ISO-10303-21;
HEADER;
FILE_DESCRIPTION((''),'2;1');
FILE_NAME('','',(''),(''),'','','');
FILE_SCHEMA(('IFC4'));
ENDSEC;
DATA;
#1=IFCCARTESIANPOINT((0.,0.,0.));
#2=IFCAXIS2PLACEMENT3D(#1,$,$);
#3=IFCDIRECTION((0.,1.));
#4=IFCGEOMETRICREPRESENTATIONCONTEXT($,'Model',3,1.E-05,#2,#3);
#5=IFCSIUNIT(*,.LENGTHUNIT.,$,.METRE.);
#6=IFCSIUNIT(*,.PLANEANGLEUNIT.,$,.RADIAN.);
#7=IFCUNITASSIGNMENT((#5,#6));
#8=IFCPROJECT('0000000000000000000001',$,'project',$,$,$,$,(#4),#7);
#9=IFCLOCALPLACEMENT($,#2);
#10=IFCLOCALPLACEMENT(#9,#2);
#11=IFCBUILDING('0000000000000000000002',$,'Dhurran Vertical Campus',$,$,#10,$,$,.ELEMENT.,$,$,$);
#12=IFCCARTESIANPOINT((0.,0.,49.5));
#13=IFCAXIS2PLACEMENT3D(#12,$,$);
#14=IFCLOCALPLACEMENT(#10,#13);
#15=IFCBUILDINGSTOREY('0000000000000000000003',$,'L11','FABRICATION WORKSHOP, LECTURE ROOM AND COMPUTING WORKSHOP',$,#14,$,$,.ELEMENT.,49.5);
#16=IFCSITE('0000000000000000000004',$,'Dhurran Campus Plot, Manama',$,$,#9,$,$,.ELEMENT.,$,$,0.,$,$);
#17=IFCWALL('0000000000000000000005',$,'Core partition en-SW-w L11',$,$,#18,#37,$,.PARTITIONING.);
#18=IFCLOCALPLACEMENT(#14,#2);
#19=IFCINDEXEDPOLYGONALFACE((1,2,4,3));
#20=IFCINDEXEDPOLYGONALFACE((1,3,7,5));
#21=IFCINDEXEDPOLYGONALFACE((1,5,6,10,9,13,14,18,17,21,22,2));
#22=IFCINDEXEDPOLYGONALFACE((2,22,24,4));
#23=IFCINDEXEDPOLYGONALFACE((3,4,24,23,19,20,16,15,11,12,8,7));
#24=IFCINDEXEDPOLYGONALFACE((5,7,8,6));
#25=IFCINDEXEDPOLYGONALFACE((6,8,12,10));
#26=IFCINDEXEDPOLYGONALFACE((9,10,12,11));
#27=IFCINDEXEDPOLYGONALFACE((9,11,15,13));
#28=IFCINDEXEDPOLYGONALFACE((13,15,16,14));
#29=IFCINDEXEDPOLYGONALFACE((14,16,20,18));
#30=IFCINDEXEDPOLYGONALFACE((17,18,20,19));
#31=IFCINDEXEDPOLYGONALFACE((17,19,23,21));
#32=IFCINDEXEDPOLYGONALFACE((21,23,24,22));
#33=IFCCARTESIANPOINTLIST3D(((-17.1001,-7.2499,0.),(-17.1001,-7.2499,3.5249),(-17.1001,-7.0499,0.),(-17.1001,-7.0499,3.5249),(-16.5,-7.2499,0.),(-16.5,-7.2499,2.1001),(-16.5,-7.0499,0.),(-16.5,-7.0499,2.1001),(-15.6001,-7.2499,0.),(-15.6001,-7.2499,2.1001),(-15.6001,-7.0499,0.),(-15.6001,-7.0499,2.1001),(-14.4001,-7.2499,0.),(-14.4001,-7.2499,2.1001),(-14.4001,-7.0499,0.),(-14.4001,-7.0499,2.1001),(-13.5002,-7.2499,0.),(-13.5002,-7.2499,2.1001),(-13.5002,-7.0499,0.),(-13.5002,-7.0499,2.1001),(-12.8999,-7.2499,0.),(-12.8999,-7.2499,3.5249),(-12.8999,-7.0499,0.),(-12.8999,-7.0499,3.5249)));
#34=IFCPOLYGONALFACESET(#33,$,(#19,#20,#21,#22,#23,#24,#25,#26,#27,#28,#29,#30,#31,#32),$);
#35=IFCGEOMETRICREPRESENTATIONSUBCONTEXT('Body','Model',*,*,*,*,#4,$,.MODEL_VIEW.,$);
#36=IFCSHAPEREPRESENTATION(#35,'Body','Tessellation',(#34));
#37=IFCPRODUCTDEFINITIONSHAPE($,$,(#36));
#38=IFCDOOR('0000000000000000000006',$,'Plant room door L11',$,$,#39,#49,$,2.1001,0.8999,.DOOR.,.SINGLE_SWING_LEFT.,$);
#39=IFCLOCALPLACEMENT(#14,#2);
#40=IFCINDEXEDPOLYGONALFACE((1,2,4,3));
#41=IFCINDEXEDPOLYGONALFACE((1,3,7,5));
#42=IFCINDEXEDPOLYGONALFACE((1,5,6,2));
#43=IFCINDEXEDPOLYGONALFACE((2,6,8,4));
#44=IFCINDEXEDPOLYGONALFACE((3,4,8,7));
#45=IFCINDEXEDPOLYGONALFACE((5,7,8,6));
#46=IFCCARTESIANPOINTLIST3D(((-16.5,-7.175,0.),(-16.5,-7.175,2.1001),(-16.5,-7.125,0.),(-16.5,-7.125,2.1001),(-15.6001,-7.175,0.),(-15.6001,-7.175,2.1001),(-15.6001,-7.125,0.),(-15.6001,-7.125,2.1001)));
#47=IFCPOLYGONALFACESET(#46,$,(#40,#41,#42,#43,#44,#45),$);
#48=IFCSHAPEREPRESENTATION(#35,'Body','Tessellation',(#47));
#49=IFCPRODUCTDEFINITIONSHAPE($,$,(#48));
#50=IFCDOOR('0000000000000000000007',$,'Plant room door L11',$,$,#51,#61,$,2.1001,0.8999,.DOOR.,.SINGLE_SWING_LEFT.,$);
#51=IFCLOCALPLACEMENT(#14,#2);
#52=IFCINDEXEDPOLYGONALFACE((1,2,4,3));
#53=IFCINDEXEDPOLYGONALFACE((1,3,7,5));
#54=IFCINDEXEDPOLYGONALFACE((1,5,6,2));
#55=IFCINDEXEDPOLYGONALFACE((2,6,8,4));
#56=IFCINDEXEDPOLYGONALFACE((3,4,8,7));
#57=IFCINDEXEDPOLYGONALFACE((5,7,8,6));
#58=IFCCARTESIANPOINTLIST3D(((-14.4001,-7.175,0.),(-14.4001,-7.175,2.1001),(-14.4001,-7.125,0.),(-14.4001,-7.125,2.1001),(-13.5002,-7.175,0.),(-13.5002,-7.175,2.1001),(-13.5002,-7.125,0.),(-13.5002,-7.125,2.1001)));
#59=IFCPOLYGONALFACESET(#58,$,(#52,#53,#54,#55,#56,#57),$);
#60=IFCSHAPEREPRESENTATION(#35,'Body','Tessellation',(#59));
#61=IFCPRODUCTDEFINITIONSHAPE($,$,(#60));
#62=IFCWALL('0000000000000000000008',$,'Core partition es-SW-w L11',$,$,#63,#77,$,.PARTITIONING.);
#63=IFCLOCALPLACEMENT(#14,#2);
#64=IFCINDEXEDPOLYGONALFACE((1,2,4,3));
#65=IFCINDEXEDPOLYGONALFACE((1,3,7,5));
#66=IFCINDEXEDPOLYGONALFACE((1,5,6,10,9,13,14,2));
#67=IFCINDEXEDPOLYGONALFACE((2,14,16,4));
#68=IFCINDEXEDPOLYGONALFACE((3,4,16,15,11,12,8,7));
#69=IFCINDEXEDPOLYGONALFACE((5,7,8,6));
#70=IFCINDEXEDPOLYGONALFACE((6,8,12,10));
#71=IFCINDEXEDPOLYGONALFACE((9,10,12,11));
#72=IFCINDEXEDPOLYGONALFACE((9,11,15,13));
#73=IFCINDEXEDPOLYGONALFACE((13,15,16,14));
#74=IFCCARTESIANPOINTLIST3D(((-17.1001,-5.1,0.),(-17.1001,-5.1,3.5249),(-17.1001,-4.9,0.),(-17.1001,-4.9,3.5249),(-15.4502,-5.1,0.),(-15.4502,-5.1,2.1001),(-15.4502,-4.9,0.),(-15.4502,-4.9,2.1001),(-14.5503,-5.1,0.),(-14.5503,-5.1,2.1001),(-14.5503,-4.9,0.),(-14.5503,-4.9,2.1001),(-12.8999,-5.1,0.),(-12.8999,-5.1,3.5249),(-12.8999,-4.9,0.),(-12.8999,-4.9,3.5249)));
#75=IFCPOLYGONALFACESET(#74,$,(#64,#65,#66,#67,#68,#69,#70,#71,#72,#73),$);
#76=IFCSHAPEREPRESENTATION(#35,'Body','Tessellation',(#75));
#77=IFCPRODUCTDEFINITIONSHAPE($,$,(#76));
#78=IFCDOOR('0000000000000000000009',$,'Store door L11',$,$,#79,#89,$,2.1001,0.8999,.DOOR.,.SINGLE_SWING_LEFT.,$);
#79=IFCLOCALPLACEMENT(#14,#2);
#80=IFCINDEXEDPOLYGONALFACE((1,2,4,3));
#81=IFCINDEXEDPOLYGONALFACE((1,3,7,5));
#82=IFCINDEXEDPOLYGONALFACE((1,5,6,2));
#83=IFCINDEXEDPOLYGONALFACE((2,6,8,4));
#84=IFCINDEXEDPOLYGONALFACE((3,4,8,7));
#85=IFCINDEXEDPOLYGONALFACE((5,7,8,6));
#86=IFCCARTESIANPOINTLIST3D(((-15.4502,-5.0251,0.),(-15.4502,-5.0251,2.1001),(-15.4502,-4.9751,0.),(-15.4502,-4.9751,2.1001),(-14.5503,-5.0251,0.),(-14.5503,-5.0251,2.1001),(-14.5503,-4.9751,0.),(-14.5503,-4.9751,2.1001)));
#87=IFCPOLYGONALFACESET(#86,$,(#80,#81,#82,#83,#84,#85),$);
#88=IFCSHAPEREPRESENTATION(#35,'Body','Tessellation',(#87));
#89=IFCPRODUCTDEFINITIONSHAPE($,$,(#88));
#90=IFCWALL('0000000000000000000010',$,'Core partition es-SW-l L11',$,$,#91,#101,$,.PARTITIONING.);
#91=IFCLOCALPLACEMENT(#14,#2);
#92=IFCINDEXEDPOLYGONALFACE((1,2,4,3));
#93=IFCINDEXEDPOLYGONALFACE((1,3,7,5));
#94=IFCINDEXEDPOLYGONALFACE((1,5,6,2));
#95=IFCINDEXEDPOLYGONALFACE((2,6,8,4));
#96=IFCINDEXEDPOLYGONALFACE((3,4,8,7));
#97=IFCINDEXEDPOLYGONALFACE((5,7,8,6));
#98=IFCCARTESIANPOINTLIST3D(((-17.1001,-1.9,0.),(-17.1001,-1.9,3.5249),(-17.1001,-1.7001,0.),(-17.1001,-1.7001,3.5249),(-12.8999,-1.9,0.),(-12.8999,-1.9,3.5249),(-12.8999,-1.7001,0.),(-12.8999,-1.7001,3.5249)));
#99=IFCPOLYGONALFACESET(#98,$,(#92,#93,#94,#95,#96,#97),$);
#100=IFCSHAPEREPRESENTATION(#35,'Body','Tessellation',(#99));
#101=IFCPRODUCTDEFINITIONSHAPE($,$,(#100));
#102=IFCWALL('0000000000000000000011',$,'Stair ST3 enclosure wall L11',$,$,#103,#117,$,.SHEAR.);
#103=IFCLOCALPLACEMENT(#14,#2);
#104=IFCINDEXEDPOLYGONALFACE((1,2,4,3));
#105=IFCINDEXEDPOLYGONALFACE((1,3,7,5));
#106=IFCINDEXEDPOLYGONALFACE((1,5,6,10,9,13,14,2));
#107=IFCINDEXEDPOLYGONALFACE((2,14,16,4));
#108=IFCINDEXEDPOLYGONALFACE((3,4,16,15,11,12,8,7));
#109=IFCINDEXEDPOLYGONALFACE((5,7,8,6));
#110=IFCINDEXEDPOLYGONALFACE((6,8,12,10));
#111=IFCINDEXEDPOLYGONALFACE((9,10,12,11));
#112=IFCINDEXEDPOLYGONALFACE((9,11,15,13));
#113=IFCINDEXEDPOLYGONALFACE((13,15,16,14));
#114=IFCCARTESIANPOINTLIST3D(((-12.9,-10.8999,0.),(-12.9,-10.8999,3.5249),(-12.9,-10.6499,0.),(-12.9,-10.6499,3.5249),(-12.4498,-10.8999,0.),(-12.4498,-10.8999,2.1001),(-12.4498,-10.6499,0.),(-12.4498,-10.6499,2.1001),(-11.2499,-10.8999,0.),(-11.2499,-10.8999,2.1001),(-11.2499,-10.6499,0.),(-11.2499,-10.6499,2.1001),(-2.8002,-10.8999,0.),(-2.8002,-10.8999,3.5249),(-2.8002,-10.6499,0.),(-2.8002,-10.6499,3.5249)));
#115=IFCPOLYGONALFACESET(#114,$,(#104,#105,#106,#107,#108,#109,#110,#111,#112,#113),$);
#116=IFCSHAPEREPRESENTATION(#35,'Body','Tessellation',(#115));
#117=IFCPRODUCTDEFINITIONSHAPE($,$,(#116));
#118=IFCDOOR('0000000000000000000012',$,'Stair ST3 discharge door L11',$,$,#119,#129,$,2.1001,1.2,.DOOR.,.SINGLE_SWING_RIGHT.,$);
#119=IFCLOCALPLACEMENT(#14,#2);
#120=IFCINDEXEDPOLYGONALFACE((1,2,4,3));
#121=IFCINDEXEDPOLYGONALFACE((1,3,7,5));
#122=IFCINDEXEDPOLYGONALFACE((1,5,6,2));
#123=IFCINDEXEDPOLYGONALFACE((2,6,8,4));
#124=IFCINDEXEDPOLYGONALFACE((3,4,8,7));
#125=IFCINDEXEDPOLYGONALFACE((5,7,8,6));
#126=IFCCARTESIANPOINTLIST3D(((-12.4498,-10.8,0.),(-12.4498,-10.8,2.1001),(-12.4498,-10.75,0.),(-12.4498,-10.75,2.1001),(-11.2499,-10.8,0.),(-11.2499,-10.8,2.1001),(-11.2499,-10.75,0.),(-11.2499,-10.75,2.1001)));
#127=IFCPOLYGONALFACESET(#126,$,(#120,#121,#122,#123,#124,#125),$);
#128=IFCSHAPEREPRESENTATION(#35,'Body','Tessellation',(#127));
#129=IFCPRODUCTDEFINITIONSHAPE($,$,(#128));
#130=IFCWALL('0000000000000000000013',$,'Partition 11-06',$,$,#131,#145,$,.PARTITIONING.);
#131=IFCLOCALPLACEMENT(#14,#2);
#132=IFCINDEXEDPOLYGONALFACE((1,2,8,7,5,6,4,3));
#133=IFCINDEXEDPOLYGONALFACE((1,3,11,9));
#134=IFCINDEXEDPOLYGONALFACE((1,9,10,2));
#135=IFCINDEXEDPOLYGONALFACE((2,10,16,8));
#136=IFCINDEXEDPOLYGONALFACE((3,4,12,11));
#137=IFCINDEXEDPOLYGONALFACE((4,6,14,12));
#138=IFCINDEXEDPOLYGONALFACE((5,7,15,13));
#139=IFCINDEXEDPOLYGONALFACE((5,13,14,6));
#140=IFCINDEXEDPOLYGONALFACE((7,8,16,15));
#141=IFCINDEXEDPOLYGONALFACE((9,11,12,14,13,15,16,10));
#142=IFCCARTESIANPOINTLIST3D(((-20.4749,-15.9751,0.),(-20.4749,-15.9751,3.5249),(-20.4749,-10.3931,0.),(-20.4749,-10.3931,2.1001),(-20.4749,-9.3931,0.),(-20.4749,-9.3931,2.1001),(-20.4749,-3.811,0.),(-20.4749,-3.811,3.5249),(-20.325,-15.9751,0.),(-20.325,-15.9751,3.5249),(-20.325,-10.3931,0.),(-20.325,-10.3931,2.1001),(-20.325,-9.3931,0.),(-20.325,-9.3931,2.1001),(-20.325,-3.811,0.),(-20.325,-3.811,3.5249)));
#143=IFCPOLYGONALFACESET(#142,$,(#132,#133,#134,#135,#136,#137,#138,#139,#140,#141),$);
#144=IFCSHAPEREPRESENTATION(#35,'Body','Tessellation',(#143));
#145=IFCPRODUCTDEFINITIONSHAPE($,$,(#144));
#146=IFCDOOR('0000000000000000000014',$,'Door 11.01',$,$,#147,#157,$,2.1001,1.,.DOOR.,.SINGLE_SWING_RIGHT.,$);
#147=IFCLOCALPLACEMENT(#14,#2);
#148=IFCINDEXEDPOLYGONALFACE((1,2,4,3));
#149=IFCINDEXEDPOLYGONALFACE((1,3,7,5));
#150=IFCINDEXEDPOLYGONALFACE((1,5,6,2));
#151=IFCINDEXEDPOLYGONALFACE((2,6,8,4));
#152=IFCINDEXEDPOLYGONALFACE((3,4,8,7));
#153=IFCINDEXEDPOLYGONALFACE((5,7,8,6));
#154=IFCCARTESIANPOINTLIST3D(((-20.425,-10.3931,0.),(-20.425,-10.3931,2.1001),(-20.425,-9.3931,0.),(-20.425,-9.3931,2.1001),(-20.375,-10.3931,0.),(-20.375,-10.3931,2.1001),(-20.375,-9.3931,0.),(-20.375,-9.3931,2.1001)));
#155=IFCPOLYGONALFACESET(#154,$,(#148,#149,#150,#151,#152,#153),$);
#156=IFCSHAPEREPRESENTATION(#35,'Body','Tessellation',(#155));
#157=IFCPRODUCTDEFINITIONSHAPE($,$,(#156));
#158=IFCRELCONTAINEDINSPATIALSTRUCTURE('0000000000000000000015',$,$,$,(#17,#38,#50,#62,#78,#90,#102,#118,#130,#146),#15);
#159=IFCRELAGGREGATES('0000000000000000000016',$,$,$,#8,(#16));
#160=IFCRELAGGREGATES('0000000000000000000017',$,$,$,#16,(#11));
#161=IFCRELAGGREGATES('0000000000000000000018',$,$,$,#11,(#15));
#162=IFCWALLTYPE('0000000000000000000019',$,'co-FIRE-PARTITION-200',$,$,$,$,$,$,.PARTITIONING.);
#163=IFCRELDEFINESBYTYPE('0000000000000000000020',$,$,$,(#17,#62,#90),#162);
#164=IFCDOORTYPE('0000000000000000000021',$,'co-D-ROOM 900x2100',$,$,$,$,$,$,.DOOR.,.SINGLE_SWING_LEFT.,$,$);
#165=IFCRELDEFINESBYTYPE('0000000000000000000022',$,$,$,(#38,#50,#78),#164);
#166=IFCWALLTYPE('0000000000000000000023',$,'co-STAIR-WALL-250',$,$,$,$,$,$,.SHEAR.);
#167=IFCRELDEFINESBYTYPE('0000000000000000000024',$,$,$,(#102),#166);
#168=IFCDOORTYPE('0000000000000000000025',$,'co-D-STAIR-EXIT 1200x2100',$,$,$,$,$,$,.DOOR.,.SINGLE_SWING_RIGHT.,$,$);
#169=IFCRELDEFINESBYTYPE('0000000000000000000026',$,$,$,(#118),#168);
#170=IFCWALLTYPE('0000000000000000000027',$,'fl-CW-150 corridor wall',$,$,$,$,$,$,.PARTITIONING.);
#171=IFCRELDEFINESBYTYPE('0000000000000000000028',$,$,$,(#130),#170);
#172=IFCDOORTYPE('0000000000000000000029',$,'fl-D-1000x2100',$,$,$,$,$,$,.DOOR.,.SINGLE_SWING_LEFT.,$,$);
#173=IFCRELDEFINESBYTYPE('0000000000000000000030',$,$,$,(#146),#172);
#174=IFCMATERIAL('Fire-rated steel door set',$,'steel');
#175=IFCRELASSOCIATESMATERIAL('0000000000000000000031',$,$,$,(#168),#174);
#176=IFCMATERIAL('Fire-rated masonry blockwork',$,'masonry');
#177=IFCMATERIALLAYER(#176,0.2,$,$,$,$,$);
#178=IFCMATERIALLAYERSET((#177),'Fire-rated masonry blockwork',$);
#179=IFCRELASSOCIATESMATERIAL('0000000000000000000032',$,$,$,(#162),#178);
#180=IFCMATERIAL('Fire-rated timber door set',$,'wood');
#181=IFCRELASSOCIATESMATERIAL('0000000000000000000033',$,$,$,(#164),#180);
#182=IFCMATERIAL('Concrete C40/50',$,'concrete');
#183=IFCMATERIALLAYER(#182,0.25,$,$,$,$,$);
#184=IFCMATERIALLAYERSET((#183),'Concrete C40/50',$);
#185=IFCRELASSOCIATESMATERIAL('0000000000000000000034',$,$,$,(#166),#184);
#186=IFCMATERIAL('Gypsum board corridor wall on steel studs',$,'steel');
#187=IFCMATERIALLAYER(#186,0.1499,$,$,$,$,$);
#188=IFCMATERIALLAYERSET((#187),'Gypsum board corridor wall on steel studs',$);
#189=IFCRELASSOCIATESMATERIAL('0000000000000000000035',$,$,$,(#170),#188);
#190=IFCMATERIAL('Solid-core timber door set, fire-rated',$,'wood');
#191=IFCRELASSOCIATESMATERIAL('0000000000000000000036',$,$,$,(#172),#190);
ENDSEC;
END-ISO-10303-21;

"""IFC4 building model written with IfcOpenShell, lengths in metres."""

from ifc_helpers import new_model, si_unit, direction, frame, frame_2d, origin, place, context, subcontext, project, spatial, rectangle, extrude, material, layer, layer_set, type_object, element, fill, save


model = new_model("IFC4")

# Units and contexts
model_context = context("Model", 3, precision=1e-05, world=origin(), true_north=direction((0.0, 1.0)))
body_context = subcontext(model_context, "Body", "Model", "MODEL_VIEW")
ifc_project = project(units=[si_unit("LENGTHUNIT", "METRE"), si_unit("PLANEANGLEUNIT", "RADIAN")], contexts=[model_context])

# Site, building, storey
site_placement = place(None, origin())
site = spatial("IfcSite", under=ifc_project, at=site_placement, Name="Dhurran Campus Plot, Manama", CompositionType="ELEMENT", RefElevation=0.0)
building_placement = place(site_placement, origin())
building = spatial("IfcBuilding", under=site, at=building_placement, Name="Dhurran Vertical Campus", CompositionType="ELEMENT")
storey_placement = place(building_placement, frame((0.0, 0.0, 49.5)))
storey = spatial("IfcBuildingStorey", under=building, at=storey_placement, Name="L11", Description="FABRICATION WORKSHOP, LECTURE ROOM AND COMPUTING WORKSHOP", CompositionType="ELEMENT", Elevation=49.5)

# Shared definitions
ifc_material_1 = material(Name="Fire-rated steel door set", Category="steel")
door_type_1 = type_object("IfcDoorType", Name="co-D-STAIR-EXIT 1200x2100", OperationType="SINGLE_SWING_RIGHT", PredefinedType="DOOR", material=ifc_material_1)

# Shared definitions
ifc_material_2 = material(Name="Fire-rated masonry blockwork", Category="masonry")
ifc_layer_1 = layer(ifc_material_2, 0.2)
ifc_layer_set_1 = layer_set([ifc_layer_1], Name="Fire-rated masonry blockwork")
wall_type_1 = type_object("IfcWallType", Name="co-FIRE-PARTITION-200", PredefinedType="PARTITIONING", material=ifc_layer_set_1)

# Wall, openings, doors
wall_1_placement = place(storey_placement, frame((-17.1001, -7.1499, 0.0), z_axis=(0.0, 0.0, 1.0), x_axis=(1.0, 0.0, 0.0)))
wall_1 = element("IfcWall", 1, at=wall_1_placement, inside=storey, type_object=wall_type_1, Name="Core partition en-SW-w L11", PredefinedType="PARTITIONING", context=body_context, shape_type="SweptSolid", body=[
    extrude(rectangle(XDim=4.2002, YDim=0.2, at=frame_2d((2.1001, 0.0))), origin(), (0.0, 0.0, 1.0), 3.5249),
])
opening_1_placement = place(wall_1_placement, frame((0.6001, 0.0, 0.0)))
opening_1 = element("IfcOpeningElement", 2, at=opening_1_placement, cuts=wall_1, PredefinedType="OPENING", context=body_context, shape_type="SweptSolid", body=[
    extrude(rectangle(XDim=0.8999, YDim=2.1001, at=frame_2d((0.45, 1.05))), frame((0.0, 0.1099, 0.0), z_axis=(0.0, -1.0, 0.0), x_axis=(1.0, 0.0, 0.0)), (0.0, 0.0, 1.0), 0.22),
])
opening_2_placement = place(wall_1_placement, frame((2.7, 0.0, 0.0)))
opening_2 = element("IfcOpeningElement", 3, at=opening_2_placement, cuts=wall_1, PredefinedType="OPENING", context=body_context, shape_type="SweptSolid", body=[
    extrude(rectangle(XDim=0.8999, YDim=2.1001, at=frame_2d((0.45, 1.05))), frame((0.0, 0.1099, 0.0), z_axis=(0.0, -1.0, 0.0), x_axis=(1.0, 0.0, 0.0)), (0.0, 0.0, 1.0), 0.22),
])
ifc_material_3 = material(Name="Fire-rated timber door set", Category="wood")
door_type_2 = type_object("IfcDoorType", Name="co-D-ROOM 900x2100", OperationType="SINGLE_SWING_LEFT", PredefinedType="DOOR", material=ifc_material_3)
door_1_placement = place(opening_1_placement, origin())
door_1 = element("IfcDoor", 4, at=door_1_placement, inside=storey, type_object=door_type_2, Name="Plant room door L11", OperationType="SINGLE_SWING_LEFT", OverallHeight=2.1001, OverallWidth=0.8999, PredefinedType="DOOR", context=body_context, shape_type="SweptSolid", body=[
    extrude(rectangle(XDim=0.8999, YDim=2.1001, at=frame_2d((0.45, 1.05))), frame((0.0, 0.0249, 0.0), z_axis=(0.0, -1.0, 0.0), x_axis=(1.0, 0.0, 0.0)), (0.0, 0.0, 1.0), 0.05),
])
fill(opening_1, door_1)
door_2_placement = place(opening_2_placement, origin())
door_2 = element("IfcDoor", 5, at=door_2_placement, inside=storey, type_object=door_type_2, Name="Plant room door L11", OperationType="SINGLE_SWING_LEFT", OverallHeight=2.1001, OverallWidth=0.8999, PredefinedType="DOOR", context=body_context, shape_type="SweptSolid", body=[
    extrude(rectangle(XDim=0.8999, YDim=2.1001, at=frame_2d((0.45, 1.05))), frame((0.0, 0.0249, 0.0), z_axis=(0.0, -1.0, 0.0), x_axis=(1.0, 0.0, 0.0)), (0.0, 0.0, 1.0), 0.05),
])
fill(opening_2, door_2)

# Wall, opening, door
wall_2_placement = place(storey_placement, frame((-17.1001, -5.0, 0.0), z_axis=(0.0, 0.0, 1.0), x_axis=(1.0, 0.0, 0.0)))
wall_2 = element("IfcWall", 6, at=wall_2_placement, inside=storey, type_object=wall_type_1, Name="Core partition es-SW-w L11", PredefinedType="PARTITIONING", context=body_context, shape_type="SweptSolid", body=[
    extrude(rectangle(XDim=4.2002, YDim=0.2, at=frame_2d((2.1001, 0.0))), origin(), (0.0, 0.0, 1.0), 3.5249),
])
opening_3_placement = place(wall_2_placement, frame((1.6499, 0.0, 0.0)))
opening_3 = element("IfcOpeningElement", 7, at=opening_3_placement, cuts=wall_2, PredefinedType="OPENING", context=body_context, shape_type="SweptSolid", body=[
    extrude(rectangle(XDim=0.8999, YDim=2.1001, at=frame_2d((0.45, 1.05))), frame((0.0, 0.1099, 0.0), z_axis=(0.0, -1.0, 0.0), x_axis=(1.0, 0.0, 0.0)), (0.0, 0.0, 1.0), 0.22),
])
door_3_placement = place(opening_3_placement, origin())
door_3 = element("IfcDoor", 8, at=door_3_placement, inside=storey, type_object=door_type_2, Name="Store door L11", OperationType="SINGLE_SWING_LEFT", OverallHeight=2.1001, OverallWidth=0.8999, PredefinedType="DOOR", context=body_context, shape_type="SweptSolid", body=[
    extrude(rectangle(XDim=0.8999, YDim=2.1001, at=frame_2d((0.45, 1.05))), frame((0.0, 0.0249, 0.0), z_axis=(0.0, -1.0, 0.0), x_axis=(1.0, 0.0, 0.0)), (0.0, 0.0, 1.0), 0.05),
])
fill(opening_3, door_3)

# Wall
wall_3_placement = place(storey_placement, frame((-17.1001, -1.8, 0.0), z_axis=(0.0, 0.0, 1.0), x_axis=(1.0, 0.0, 0.0)))
element("IfcWall", 9, at=wall_3_placement, inside=storey, type_object=wall_type_1, Name="Core partition es-SW-l L11", PredefinedType="PARTITIONING", context=body_context, shape_type="SweptSolid", body=[
    extrude(rectangle(XDim=4.2002, YDim=0.2, at=frame_2d((2.1001, 0.0))), origin(), (0.0, 0.0, 1.0), 3.5249),
])

# Walls, openings, doors
ifc_material_4 = material(Name="Concrete C40/50", Category="concrete")
ifc_layer_2 = layer(ifc_material_4, 0.25)
ifc_layer_set_2 = layer_set([ifc_layer_2], Name="Concrete C40/50")
wall_type_2 = type_object("IfcWallType", Name="co-STAIR-WALL-250", PredefinedType="SHEAR", material=ifc_layer_set_2)
wall_4_placement = place(storey_placement, frame((-12.8999, -10.7749, 0.0), z_axis=(0.0, 0.0, 1.0), x_axis=(1.0, 0.0, 0.0)))
wall_4 = element("IfcWall", 10, at=wall_4_placement, inside=storey, type_object=wall_type_2, Name="Stair ST3 enclosure wall L11", PredefinedType="SHEAR", context=body_context, shape_type="SweptSolid", body=[
    extrude(rectangle(XDim=10.0999, YDim=0.25, at=frame_2d((5.0498, 0.0))), origin(), (0.0, 0.0, 1.0), 3.5249),
])
opening_4_placement = place(wall_4_placement, frame((0.45, 0.0, 0.0)))
opening_4 = element("IfcOpeningElement", 11, at=opening_4_placement, cuts=wall_4, PredefinedType="OPENING", context=body_context, shape_type="SweptSolid", body=[
    extrude(rectangle(XDim=1.2, YDim=2.1001, at=frame_2d((0.6001, 1.05))), frame((0.0, 0.135, 0.0), z_axis=(0.0, -1.0, 0.0), x_axis=(1.0, 0.0, 0.0)), (0.0, 0.0, 1.0), 0.27),
])
door_4_placement = place(opening_4_placement, origin())
door_4 = element("IfcDoor", 12, at=door_4_placement, inside=storey, type_object=door_type_1, Name="Stair ST3 discharge door L11", OperationType="SINGLE_SWING_RIGHT", OverallHeight=2.1001, OverallWidth=1.2, PredefinedType="DOOR", context=body_context, shape_type="SweptSolid", body=[
    extrude(rectangle(XDim=1.2, YDim=2.1001, at=frame_2d((0.6001, 1.05))), frame((0.0, 0.0249, 0.0), z_axis=(0.0, -1.0, 0.0), x_axis=(1.0, 0.0, 0.0)), (0.0, 0.0, 1.0), 0.05),
])
fill(opening_4, door_4)
ifc_material_5 = material(Name="Gypsum board corridor wall on steel studs", Category="steel")
ifc_layer_3 = layer(ifc_material_5, 0.1499)
ifc_layer_set_3 = layer_set([ifc_layer_3], Name="Gypsum board corridor wall on steel studs")
wall_type_3 = type_object("IfcWallType", Name="fl-CW-150 corridor wall", PredefinedType="PARTITIONING", material=ifc_layer_set_3)
wall_5_placement = place(storey_placement, frame((-20.3999, -3.811, 0.0), z_axis=(0.0, 0.0, 1.0), x_axis=(0.0, -1.0, 0.0)))
wall_5 = element("IfcWall", 13, at=wall_5_placement, inside=storey, type_object=wall_type_3, Name="Partition 11-06", PredefinedType="PARTITIONING", context=body_context, shape_type="SweptSolid", body=[
    extrude(rectangle(XDim=12.1641, YDim=0.1499, at=frame_2d((6.082, 0.0))), origin(), (0.0, 0.0, 1.0), 3.5249),
])
opening_5_placement = place(wall_5_placement, frame((5.582, 0.0, 0.0)))
opening_5 = element("IfcOpeningElement", 14, at=opening_5_placement, cuts=wall_5, PredefinedType="OPENING", context=body_context, shape_type="SweptSolid", body=[
    extrude(rectangle(XDim=1.0, YDim=2.1001, at=frame_2d((0.5, 1.05))), frame((0.0, 0.085, 0.0), z_axis=(0.0, -1.0, 0.0), x_axis=(1.0, 0.0, 0.0)), (0.0, 0.0, 1.0), 0.1699),
])
ifc_material_6 = material(Name="Solid-core timber door set, fire-rated", Category="wood")
door_type_3 = type_object("IfcDoorType", Name="fl-D-1000x2100", OperationType="SINGLE_SWING_LEFT", PredefinedType="DOOR", material=ifc_material_6)
door_5_placement = place(opening_5_placement, origin())
door_5 = element("IfcDoor", 15, at=door_5_placement, inside=storey, type_object=door_type_3, Name="Door 11.01", OperationType="SINGLE_SWING_RIGHT", OverallHeight=2.1001, OverallWidth=1.0, PredefinedType="DOOR", context=body_context, shape_type="SweptSolid", body=[
    extrude(rectangle(XDim=1.0, YDim=2.1001, at=frame_2d((0.5, 1.05))), frame((0.0, 0.0249, 0.0), z_axis=(0.0, -1.0, 0.0), x_axis=(1.0, 0.0, 0.0)), (0.0, 0.0, 1.0), 0.05),
])
fill(opening_5, door_5)

save(model, "model.ifc")
